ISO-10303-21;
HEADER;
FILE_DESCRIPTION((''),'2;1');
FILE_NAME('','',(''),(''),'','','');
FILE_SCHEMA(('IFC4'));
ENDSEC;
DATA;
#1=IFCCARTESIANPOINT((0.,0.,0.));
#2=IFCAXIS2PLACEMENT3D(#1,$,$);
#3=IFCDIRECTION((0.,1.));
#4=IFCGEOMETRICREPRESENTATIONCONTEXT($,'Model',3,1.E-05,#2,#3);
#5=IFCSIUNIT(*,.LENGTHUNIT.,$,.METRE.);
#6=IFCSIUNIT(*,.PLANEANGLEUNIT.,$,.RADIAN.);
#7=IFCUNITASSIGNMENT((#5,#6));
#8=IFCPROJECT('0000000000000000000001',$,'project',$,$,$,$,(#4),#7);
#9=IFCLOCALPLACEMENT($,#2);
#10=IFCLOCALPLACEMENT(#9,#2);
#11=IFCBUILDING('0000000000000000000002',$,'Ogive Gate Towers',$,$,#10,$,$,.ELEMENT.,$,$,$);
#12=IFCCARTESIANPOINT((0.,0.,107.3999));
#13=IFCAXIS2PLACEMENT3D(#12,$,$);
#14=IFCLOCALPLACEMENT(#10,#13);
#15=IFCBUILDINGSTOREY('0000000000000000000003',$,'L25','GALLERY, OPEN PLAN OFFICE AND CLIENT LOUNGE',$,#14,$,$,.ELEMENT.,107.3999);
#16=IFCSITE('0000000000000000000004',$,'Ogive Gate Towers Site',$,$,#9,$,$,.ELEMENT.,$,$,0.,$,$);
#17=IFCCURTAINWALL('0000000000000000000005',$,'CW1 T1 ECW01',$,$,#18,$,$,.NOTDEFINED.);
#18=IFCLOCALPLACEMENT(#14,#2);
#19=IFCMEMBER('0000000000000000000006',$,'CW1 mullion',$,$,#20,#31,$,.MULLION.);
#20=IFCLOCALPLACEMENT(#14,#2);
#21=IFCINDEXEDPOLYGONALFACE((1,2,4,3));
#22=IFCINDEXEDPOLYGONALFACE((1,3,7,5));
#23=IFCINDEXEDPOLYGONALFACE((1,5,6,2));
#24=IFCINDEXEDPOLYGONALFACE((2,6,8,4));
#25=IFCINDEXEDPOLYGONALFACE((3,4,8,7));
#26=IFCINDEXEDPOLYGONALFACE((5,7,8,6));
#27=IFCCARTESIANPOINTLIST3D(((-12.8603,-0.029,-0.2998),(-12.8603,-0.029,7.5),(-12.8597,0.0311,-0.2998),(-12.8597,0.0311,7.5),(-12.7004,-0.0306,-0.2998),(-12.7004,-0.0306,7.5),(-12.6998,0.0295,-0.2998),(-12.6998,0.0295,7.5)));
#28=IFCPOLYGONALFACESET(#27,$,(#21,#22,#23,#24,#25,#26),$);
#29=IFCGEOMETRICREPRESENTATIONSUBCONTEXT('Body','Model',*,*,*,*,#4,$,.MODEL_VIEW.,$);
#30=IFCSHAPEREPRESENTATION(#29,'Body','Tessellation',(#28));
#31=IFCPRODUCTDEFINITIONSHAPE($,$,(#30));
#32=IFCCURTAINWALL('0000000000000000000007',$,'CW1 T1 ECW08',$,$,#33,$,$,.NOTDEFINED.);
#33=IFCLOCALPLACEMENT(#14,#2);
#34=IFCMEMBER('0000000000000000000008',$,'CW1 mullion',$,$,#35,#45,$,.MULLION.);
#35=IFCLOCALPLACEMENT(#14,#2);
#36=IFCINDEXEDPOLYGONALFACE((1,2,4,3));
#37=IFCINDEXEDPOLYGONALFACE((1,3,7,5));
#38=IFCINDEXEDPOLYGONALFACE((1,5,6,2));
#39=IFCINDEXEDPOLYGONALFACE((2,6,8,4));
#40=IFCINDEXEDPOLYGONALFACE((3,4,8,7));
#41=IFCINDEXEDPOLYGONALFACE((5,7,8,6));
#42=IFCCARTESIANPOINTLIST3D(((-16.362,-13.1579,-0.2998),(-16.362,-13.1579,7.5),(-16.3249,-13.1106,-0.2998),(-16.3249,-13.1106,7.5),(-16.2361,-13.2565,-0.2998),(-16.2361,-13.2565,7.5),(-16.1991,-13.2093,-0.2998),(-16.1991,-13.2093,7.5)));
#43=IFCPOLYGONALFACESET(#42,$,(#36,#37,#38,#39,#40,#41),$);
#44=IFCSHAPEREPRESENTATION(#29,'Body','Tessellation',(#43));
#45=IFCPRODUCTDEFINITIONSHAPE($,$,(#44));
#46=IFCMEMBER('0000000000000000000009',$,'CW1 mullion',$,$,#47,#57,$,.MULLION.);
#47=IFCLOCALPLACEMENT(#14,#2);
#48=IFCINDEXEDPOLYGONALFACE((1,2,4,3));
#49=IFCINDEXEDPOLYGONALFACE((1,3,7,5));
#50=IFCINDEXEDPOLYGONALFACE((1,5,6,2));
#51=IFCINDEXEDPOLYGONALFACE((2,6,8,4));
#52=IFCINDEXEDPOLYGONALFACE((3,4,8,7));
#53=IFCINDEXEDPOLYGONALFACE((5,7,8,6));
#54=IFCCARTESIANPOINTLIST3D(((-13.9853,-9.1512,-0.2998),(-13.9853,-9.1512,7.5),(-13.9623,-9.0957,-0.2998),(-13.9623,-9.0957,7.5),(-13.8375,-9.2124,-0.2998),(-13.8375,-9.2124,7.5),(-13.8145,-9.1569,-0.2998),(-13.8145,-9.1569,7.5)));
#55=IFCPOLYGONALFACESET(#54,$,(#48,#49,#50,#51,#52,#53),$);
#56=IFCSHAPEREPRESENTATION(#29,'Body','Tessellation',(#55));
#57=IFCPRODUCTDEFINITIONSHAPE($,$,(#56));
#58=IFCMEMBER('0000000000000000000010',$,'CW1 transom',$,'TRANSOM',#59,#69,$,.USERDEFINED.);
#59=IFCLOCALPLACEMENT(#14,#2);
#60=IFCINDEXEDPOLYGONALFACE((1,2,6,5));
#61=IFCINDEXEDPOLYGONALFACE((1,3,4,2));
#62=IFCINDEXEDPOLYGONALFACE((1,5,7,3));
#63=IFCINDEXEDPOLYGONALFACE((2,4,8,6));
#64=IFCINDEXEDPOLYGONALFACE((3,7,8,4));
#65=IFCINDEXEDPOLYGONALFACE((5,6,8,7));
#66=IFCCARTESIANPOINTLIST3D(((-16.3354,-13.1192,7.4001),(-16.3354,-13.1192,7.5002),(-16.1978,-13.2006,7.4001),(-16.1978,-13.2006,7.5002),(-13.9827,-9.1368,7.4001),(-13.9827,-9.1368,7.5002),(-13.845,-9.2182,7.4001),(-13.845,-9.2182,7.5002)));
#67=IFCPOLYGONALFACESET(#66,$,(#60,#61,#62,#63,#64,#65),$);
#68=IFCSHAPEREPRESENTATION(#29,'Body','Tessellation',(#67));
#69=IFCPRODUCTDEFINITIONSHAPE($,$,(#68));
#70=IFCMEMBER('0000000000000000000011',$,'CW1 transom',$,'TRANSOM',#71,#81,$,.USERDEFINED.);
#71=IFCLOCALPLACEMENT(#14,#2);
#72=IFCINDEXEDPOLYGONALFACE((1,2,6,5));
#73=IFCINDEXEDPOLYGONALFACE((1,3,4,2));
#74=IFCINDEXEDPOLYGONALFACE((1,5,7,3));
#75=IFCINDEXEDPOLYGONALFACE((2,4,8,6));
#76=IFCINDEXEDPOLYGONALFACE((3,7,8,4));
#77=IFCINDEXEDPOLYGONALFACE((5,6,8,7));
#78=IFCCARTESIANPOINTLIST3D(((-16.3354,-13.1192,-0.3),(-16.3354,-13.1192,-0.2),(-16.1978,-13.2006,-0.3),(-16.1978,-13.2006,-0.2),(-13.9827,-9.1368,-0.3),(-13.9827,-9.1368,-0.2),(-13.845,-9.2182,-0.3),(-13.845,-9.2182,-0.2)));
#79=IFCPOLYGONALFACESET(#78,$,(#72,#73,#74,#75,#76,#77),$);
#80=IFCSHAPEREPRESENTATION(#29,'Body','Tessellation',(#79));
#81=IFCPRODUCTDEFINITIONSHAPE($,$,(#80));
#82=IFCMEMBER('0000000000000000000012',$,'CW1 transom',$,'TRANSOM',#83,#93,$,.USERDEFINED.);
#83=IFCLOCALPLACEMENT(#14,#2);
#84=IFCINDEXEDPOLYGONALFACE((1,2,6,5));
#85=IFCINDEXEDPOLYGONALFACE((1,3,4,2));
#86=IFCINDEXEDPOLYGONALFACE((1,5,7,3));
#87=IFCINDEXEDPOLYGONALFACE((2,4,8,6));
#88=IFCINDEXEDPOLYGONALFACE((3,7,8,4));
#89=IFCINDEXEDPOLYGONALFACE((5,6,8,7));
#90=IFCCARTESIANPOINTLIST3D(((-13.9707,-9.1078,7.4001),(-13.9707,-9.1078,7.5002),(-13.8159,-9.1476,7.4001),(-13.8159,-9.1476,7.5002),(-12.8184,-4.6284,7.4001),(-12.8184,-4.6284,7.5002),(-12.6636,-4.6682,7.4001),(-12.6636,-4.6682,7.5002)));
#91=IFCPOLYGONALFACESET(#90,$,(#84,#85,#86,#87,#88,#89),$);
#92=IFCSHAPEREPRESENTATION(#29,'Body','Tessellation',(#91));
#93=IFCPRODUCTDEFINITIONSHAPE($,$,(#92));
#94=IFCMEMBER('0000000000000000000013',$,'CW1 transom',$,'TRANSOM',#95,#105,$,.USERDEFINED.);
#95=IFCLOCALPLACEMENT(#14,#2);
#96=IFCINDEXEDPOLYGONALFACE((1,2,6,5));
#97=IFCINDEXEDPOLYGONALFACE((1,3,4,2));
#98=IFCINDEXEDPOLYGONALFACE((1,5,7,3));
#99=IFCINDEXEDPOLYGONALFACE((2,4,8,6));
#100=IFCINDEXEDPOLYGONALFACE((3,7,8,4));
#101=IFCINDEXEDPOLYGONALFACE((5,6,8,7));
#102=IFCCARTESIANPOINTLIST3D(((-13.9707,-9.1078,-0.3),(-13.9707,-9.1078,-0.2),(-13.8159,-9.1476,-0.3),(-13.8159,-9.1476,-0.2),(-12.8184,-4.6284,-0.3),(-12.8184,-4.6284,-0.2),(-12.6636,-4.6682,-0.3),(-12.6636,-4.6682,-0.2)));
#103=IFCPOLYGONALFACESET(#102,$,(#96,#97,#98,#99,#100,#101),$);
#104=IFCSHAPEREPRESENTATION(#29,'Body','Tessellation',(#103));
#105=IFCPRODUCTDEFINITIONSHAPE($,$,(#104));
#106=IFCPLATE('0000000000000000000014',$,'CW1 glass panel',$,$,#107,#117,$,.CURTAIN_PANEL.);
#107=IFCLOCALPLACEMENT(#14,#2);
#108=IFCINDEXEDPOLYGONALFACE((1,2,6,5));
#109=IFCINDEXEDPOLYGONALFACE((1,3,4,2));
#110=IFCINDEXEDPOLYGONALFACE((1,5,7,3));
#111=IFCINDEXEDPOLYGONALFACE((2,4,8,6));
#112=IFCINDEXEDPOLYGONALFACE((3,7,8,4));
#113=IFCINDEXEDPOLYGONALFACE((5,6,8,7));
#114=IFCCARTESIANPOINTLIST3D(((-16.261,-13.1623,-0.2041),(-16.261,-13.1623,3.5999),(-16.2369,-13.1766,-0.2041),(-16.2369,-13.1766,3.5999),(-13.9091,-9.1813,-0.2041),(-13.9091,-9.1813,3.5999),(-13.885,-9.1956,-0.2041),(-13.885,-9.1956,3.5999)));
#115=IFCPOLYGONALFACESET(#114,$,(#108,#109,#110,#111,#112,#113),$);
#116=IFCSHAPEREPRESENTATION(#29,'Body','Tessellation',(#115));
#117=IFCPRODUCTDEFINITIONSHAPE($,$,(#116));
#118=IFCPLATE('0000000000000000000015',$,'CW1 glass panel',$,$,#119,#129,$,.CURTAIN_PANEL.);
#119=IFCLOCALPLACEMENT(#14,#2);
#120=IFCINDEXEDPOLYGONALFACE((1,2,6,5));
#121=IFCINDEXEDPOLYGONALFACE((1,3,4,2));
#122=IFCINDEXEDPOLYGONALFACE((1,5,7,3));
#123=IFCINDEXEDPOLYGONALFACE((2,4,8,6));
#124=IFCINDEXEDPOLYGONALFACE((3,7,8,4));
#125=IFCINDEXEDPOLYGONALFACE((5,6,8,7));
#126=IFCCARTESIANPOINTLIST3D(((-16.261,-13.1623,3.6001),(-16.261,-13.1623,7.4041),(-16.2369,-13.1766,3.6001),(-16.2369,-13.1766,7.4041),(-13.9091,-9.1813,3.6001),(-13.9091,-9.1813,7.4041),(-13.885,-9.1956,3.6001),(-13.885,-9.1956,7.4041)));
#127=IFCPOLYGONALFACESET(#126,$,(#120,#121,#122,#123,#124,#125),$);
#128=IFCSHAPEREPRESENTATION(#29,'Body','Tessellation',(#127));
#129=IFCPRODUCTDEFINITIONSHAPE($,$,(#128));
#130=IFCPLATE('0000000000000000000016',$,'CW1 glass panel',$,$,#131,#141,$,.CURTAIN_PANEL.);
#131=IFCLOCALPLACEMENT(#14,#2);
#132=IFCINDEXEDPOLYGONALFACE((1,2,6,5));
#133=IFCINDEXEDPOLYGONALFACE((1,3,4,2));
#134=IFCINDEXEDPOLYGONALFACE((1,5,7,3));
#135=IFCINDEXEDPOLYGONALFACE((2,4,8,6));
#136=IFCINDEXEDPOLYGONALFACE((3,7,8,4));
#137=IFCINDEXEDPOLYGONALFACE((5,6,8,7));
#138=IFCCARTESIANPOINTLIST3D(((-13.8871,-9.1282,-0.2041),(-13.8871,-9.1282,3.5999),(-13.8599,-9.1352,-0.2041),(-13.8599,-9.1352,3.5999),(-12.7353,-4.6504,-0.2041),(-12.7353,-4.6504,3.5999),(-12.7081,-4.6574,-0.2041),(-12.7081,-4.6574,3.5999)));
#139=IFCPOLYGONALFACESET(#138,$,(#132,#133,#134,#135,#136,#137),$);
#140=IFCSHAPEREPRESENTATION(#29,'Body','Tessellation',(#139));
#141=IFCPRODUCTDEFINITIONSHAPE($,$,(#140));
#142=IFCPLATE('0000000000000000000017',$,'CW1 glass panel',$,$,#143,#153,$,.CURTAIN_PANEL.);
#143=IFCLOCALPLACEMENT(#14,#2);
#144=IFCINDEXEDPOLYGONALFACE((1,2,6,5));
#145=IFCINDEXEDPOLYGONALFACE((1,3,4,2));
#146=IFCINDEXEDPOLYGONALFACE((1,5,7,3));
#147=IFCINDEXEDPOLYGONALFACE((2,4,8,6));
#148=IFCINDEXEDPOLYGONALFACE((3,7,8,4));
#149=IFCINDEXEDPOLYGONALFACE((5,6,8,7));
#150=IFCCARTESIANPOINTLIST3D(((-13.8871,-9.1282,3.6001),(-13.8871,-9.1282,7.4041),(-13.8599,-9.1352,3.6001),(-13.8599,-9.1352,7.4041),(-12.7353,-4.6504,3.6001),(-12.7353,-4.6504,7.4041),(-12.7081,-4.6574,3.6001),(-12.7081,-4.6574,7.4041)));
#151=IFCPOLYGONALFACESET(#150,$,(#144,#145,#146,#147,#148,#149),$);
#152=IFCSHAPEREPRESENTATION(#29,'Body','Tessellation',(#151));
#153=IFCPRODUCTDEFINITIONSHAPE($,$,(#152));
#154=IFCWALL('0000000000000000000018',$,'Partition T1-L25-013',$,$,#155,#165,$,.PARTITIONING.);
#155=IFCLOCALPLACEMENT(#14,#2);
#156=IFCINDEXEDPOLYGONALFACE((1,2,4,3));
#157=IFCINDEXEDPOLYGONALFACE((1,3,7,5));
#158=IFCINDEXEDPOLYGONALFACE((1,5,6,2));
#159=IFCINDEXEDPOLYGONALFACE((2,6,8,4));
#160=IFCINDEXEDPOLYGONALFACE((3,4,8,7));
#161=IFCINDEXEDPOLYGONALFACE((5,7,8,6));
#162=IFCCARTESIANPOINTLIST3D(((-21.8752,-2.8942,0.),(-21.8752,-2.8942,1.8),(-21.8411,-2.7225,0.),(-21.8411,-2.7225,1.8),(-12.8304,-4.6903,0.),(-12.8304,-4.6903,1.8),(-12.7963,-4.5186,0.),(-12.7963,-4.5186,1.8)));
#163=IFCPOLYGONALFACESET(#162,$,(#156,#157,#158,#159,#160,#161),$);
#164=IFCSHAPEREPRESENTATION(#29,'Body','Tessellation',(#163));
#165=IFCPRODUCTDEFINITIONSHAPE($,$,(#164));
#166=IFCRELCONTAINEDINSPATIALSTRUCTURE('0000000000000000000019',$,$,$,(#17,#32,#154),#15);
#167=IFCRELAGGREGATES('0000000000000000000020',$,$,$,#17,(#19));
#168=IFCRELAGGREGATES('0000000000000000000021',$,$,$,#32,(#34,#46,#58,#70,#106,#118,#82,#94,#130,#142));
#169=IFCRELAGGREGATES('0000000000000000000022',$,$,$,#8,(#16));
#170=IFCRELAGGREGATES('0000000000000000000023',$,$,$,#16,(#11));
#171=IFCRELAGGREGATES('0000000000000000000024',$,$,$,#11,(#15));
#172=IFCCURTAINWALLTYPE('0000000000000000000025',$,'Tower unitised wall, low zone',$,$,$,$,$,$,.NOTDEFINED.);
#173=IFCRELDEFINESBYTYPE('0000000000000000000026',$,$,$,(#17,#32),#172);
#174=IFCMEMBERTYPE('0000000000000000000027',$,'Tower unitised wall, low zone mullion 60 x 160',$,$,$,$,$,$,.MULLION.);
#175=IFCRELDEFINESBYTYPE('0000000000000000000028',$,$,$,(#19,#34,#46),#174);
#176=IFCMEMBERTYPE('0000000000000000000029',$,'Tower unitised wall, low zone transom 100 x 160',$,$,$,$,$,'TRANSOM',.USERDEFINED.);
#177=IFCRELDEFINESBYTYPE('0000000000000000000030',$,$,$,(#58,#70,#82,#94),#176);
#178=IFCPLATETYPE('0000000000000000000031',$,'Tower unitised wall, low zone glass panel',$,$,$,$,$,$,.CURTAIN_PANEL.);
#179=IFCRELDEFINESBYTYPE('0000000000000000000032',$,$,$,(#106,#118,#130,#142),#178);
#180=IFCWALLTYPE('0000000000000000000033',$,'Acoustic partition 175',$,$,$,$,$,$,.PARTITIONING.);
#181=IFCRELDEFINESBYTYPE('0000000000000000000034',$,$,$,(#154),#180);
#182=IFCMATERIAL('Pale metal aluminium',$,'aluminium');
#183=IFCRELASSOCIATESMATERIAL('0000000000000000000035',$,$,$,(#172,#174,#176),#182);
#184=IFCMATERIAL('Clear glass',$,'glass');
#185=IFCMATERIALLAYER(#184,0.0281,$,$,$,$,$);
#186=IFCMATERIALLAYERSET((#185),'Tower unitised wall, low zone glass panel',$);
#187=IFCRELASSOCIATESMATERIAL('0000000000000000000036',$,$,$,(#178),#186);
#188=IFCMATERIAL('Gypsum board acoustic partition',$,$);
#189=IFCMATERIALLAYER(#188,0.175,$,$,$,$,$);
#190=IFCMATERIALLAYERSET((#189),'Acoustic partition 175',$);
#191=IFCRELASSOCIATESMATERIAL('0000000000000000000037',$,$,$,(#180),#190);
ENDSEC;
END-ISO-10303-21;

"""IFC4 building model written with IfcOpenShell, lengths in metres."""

from ifc_helpers import new_model, si_unit, direction, frame, frame_2d, origin, origin_2d, place, context, subcontext, project, spatial, rectangle, extrude, material, layer, layer_set, material_profile, profile_set, type_object, element, aggregate, save


model = new_model("IFC4")

# Units and contexts
model_context = context("Model", 3, precision=1e-05, world=origin(), true_north=direction((0.0, 1.0)))
body_context = subcontext(model_context, "Body", "Model", "MODEL_VIEW")
ifc_project = project(units=[si_unit("LENGTHUNIT", "METRE"), si_unit("PLANEANGLEUNIT", "RADIAN")], contexts=[model_context])

# Site, building, storey
site_placement = place(None, origin())
site = spatial("IfcSite", under=ifc_project, at=site_placement, Name="Ogive Gate Towers Site", CompositionType="ELEMENT", RefElevation=0.0)
building_placement = place(site_placement, origin())
building = spatial("IfcBuilding", under=site, at=building_placement, Name="Ogive Gate Towers", CompositionType="ELEMENT")
storey_placement = place(building_placement, frame((0.0, 0.0, 107.3999)))
storey = spatial("IfcBuildingStorey", under=building, at=storey_placement, Name="L25", Description="GALLERY, OPEN PLAN OFFICE AND CLIENT LOUNGE", CompositionType="ELEMENT", Elevation=107.3999)

# Curtain wall, member
ifc_material_1 = material(Name="Pale metal aluminium", Category="aluminium")
curtain_wall_type = type_object("IfcCurtainWallType", Name="Tower unitised wall, low zone", PredefinedType="NOTDEFINED", material=ifc_material_1)
curtain_wall_1_placement = place(storey_placement, origin())
curtain_wall_1 = element("IfcCurtainWall", 1, at=curtain_wall_1_placement, inside=storey, type_object=curtain_wall_type, Name="CW1 T1 ECW01", PredefinedType="NOTDEFINED")
ifc_material_profile_1 = material_profile(ifc_material_1, rectangle(XDim=0.1599, YDim=0.0601, at=origin_2d()), Name="60 x 160 aluminium box")
ifc_profile_set_1 = profile_set([ifc_material_profile_1], Name="Pale metal aluminium")
member_type_1 = type_object("IfcMemberType", Name="Tower unitised wall, low zone mullion 60 x 160", PredefinedType="MULLION", material=ifc_profile_set_1)
member_1_placement = place(storey_placement, frame((-12.78, 0.0002, -0.2998), z_axis=(0.0, 0.0, 1.0), x_axis=(0.999951, -0.009931, 0.0)))
member_1 = element("IfcMember", 2, at=member_1_placement, type_object=member_type_1, Name="CW1 mullion", PredefinedType="MULLION", context=body_context, shape_type="SweptSolid", body=[
    extrude(rectangle(XDim=0.1599, YDim=0.0601, at=origin_2d()), origin(), (0.0, 0.0, 1.0), 7.7998),
])
aggregate(curtain_wall_1, [member_1])

# Curtain wall, members, plates
curtain_wall_2_placement = place(storey_placement, origin())
curtain_wall_2 = element("IfcCurtainWall", 3, at=curtain_wall_2_placement, inside=storey, type_object=curtain_wall_type, Name="CW1 T1 ECW08", PredefinedType="NOTDEFINED")
member_2_placement = place(storey_placement, frame((-16.2805, -13.1836, -0.2998), z_axis=(0.0, 0.0, 1.0), x_axis=(0.787247, -0.616637, 0.0)))
member_2 = element("IfcMember", 4, at=member_2_placement, type_object=member_type_1, Name="CW1 mullion", PredefinedType="MULLION", context=body_context, shape_type="SweptSolid", body=[
    extrude(rectangle(XDim=0.1599, YDim=0.0601, at=origin_2d()), origin(), (0.0, 0.0, 1.0), 7.7998),
])
member_3_placement = place(storey_placement, frame((-13.8999, -9.1541, -0.2998), z_axis=(0.0, 0.0, 1.0), x_axis=(0.92388, -0.382683, 0.0)))
member_3 = element("IfcMember", 5, at=member_3_placement, type_object=member_type_1, Name="CW1 mullion", PredefinedType="MULLION", context=body_context, shape_type="SweptSolid", body=[
    extrude(rectangle(XDim=0.1599, YDim=0.0601, at=origin_2d()), origin(), (0.0, 0.0, 1.0), 7.7998),
])
ifc_material_profile_2 = material_profile(ifc_material_1, rectangle(XDim=0.1599, YDim=0.1001, at=origin_2d()), Name="100 x 160 aluminium box")
ifc_profile_set_2 = profile_set([ifc_material_profile_2], Name="Pale metal aluminium")
member_type_2 = type_object("IfcMemberType", Name="Tower unitised wall, low zone transom 100 x 160", ElementType="TRANSOM", PredefinedType="USERDEFINED", material=ifc_profile_set_2)
member_4_placement = place(storey_placement, frame((-16.2666, -13.1599, 7.4502), z_axis=(0.508655, 0.860971, 0.0), x_axis=(-0.860971, 0.508655, 0.0)))
member_4 = element("IfcMember", 6, at=member_4_placement, type_object=member_type_2, Name="CW1 transom", ObjectType="TRANSOM", PredefinedType="USERDEFINED", context=body_context, shape_type="SweptSolid", body=[
    extrude(rectangle(XDim=0.1599, YDim=0.1001, at=origin_2d()), origin(), (0.0, 0.0, 1.0), 4.6255),
])
member_5_placement = place(storey_placement, frame((-16.2666, -13.1599, -0.25), z_axis=(0.508655, 0.860971, 0.0), x_axis=(-0.860971, 0.508655, 0.0)))
member_5 = element("IfcMember", 7, at=member_5_placement, type_object=member_type_2, Name="CW1 transom", ObjectType="TRANSOM", PredefinedType="USERDEFINED", context=body_context, shape_type="SweptSolid", body=[
    extrude(rectangle(XDim=0.1599, YDim=0.1001, at=origin_2d()), origin(), (0.0, 0.0, 1.0), 4.6255),
])
member_6_placement = place(storey_placement, frame((-13.8933, -9.1277, 7.4502), z_axis=(0.249137, 0.968468, 0.0), x_axis=(-0.968468, 0.249137, 0.0)))
member_6 = element("IfcMember", 8, at=member_6_placement, type_object=member_type_2, Name="CW1 transom", ObjectType="TRANSOM", PredefinedType="USERDEFINED", context=body_context, shape_type="SweptSolid", body=[
    extrude(rectangle(XDim=0.1599, YDim=0.1001, at=origin_2d()), origin(), (0.0, 0.0, 1.0), 4.6252),
])
member_7_placement = place(storey_placement, frame((-13.8933, -9.1277, -0.25), z_axis=(0.249137, 0.968468, 0.0), x_axis=(-0.968468, 0.249137, 0.0)))
member_7 = element("IfcMember", 9, at=member_7_placement, type_object=member_type_2, Name="CW1 transom", ObjectType="TRANSOM", PredefinedType="USERDEFINED", context=body_context, shape_type="SweptSolid", body=[
    extrude(rectangle(XDim=0.1599, YDim=0.1001, at=origin_2d()), origin(), (0.0, 0.0, 1.0), 4.6252),
])
ifc_material_2 = material(Name="Clear glass", Category="glass")
ifc_layer_1 = layer(ifc_material_2, 0.0281)
ifc_layer_set_1 = layer_set([ifc_layer_1], Name="Tower unitised wall, low zone glass panel")
plate_type = type_object("IfcPlateType", Name="Tower unitised wall, low zone glass panel", PredefinedType="CURTAIN_PANEL", material=ifc_layer_set_1)
plate_1_placement = place(storey_placement, frame((-15.073, -11.179, -0.2041), z_axis=(0.0, 0.0, 1.0), x_axis=(0.508651, 0.860973, 0.0)))
plate_1 = element("IfcPlate", 10, at=plate_1_placement, type_object=plate_type, Name="CW1 glass panel", PredefinedType="CURTAIN_PANEL", context=body_context, shape_type="SweptSolid", body=[
    extrude(rectangle(XDim=4.6238, YDim=0.0281, at=origin_2d()), origin(), (0.0, 0.0, 1.0), 3.804),
])
plate_2_placement = place(storey_placement, frame((-15.073, -11.179, 3.6001), z_axis=(0.0, 0.0, 1.0), x_axis=(0.508651, 0.860973, 0.0)))
plate_2 = element("IfcPlate", 11, at=plate_2_placement, type_object=plate_type, Name="CW1 glass panel", PredefinedType="CURTAIN_PANEL", context=body_context, shape_type="SweptSolid", body=[
    extrude(rectangle(XDim=4.6238, YDim=0.0281, at=origin_2d()), origin(), (0.0, 0.0, 1.0), 3.804),
])
plate_3_placement = place(storey_placement, frame((-13.2976, -6.8928, -0.2041), z_axis=(0.0, 0.0, 1.0), x_axis=(0.249129, 0.96847, 0.0)))
plate_3 = element("IfcPlate", 12, at=plate_3_placement, type_object=plate_type, Name="CW1 glass panel", PredefinedType="CURTAIN_PANEL", context=body_context, shape_type="SweptSolid", body=[
    extrude(rectangle(XDim=4.6235, YDim=0.0281, at=origin_2d()), origin(), (0.0, 0.0, 1.0), 3.804),
])
plate_4_placement = place(storey_placement, frame((-13.2976, -6.8928, 3.6001), z_axis=(0.0, 0.0, 1.0), x_axis=(0.249129, 0.96847, 0.0)))
plate_4 = element("IfcPlate", 13, at=plate_4_placement, type_object=plate_type, Name="CW1 glass panel", PredefinedType="CURTAIN_PANEL", context=body_context, shape_type="SweptSolid", body=[
    extrude(rectangle(XDim=4.6235, YDim=0.0281, at=origin_2d()), origin(), (0.0, 0.0, 1.0), 3.804),
])
aggregate(curtain_wall_2, [member_2, member_3, member_4, member_5, plate_1, plate_2, member_6, member_7, plate_3, plate_4])

# Wall
ifc_material_3 = material(Name="Gypsum board acoustic partition")
ifc_layer_2 = layer(ifc_material_3, 0.175)
ifc_layer_set_2 = layer_set([ifc_layer_2], Name="Acoustic partition 175")
wall_type_1 = type_object("IfcWallType", Name="Acoustic partition 175", PredefinedType="PARTITIONING", material=ifc_layer_set_2)
wall_1_placement = place(storey_placement, frame((-12.8132, -4.6045, 0.0), z_axis=(0.0, 0.0, 1.0), x_axis=(-0.980848, 0.194777, 0.0)))
element("IfcWall", 14, at=wall_1_placement, inside=storey, type_object=wall_type_1, Name="Partition T1-L25-013", PredefinedType="PARTITIONING", context=body_context, shape_type="SweptSolid", body=[
    extrude(rectangle(XDim=9.2214, YDim=0.175, at=frame_2d((4.6108, 0.0))), origin(), (0.0, 0.0, 1.0), 1.8),
])

save(model, "model.ifc")
